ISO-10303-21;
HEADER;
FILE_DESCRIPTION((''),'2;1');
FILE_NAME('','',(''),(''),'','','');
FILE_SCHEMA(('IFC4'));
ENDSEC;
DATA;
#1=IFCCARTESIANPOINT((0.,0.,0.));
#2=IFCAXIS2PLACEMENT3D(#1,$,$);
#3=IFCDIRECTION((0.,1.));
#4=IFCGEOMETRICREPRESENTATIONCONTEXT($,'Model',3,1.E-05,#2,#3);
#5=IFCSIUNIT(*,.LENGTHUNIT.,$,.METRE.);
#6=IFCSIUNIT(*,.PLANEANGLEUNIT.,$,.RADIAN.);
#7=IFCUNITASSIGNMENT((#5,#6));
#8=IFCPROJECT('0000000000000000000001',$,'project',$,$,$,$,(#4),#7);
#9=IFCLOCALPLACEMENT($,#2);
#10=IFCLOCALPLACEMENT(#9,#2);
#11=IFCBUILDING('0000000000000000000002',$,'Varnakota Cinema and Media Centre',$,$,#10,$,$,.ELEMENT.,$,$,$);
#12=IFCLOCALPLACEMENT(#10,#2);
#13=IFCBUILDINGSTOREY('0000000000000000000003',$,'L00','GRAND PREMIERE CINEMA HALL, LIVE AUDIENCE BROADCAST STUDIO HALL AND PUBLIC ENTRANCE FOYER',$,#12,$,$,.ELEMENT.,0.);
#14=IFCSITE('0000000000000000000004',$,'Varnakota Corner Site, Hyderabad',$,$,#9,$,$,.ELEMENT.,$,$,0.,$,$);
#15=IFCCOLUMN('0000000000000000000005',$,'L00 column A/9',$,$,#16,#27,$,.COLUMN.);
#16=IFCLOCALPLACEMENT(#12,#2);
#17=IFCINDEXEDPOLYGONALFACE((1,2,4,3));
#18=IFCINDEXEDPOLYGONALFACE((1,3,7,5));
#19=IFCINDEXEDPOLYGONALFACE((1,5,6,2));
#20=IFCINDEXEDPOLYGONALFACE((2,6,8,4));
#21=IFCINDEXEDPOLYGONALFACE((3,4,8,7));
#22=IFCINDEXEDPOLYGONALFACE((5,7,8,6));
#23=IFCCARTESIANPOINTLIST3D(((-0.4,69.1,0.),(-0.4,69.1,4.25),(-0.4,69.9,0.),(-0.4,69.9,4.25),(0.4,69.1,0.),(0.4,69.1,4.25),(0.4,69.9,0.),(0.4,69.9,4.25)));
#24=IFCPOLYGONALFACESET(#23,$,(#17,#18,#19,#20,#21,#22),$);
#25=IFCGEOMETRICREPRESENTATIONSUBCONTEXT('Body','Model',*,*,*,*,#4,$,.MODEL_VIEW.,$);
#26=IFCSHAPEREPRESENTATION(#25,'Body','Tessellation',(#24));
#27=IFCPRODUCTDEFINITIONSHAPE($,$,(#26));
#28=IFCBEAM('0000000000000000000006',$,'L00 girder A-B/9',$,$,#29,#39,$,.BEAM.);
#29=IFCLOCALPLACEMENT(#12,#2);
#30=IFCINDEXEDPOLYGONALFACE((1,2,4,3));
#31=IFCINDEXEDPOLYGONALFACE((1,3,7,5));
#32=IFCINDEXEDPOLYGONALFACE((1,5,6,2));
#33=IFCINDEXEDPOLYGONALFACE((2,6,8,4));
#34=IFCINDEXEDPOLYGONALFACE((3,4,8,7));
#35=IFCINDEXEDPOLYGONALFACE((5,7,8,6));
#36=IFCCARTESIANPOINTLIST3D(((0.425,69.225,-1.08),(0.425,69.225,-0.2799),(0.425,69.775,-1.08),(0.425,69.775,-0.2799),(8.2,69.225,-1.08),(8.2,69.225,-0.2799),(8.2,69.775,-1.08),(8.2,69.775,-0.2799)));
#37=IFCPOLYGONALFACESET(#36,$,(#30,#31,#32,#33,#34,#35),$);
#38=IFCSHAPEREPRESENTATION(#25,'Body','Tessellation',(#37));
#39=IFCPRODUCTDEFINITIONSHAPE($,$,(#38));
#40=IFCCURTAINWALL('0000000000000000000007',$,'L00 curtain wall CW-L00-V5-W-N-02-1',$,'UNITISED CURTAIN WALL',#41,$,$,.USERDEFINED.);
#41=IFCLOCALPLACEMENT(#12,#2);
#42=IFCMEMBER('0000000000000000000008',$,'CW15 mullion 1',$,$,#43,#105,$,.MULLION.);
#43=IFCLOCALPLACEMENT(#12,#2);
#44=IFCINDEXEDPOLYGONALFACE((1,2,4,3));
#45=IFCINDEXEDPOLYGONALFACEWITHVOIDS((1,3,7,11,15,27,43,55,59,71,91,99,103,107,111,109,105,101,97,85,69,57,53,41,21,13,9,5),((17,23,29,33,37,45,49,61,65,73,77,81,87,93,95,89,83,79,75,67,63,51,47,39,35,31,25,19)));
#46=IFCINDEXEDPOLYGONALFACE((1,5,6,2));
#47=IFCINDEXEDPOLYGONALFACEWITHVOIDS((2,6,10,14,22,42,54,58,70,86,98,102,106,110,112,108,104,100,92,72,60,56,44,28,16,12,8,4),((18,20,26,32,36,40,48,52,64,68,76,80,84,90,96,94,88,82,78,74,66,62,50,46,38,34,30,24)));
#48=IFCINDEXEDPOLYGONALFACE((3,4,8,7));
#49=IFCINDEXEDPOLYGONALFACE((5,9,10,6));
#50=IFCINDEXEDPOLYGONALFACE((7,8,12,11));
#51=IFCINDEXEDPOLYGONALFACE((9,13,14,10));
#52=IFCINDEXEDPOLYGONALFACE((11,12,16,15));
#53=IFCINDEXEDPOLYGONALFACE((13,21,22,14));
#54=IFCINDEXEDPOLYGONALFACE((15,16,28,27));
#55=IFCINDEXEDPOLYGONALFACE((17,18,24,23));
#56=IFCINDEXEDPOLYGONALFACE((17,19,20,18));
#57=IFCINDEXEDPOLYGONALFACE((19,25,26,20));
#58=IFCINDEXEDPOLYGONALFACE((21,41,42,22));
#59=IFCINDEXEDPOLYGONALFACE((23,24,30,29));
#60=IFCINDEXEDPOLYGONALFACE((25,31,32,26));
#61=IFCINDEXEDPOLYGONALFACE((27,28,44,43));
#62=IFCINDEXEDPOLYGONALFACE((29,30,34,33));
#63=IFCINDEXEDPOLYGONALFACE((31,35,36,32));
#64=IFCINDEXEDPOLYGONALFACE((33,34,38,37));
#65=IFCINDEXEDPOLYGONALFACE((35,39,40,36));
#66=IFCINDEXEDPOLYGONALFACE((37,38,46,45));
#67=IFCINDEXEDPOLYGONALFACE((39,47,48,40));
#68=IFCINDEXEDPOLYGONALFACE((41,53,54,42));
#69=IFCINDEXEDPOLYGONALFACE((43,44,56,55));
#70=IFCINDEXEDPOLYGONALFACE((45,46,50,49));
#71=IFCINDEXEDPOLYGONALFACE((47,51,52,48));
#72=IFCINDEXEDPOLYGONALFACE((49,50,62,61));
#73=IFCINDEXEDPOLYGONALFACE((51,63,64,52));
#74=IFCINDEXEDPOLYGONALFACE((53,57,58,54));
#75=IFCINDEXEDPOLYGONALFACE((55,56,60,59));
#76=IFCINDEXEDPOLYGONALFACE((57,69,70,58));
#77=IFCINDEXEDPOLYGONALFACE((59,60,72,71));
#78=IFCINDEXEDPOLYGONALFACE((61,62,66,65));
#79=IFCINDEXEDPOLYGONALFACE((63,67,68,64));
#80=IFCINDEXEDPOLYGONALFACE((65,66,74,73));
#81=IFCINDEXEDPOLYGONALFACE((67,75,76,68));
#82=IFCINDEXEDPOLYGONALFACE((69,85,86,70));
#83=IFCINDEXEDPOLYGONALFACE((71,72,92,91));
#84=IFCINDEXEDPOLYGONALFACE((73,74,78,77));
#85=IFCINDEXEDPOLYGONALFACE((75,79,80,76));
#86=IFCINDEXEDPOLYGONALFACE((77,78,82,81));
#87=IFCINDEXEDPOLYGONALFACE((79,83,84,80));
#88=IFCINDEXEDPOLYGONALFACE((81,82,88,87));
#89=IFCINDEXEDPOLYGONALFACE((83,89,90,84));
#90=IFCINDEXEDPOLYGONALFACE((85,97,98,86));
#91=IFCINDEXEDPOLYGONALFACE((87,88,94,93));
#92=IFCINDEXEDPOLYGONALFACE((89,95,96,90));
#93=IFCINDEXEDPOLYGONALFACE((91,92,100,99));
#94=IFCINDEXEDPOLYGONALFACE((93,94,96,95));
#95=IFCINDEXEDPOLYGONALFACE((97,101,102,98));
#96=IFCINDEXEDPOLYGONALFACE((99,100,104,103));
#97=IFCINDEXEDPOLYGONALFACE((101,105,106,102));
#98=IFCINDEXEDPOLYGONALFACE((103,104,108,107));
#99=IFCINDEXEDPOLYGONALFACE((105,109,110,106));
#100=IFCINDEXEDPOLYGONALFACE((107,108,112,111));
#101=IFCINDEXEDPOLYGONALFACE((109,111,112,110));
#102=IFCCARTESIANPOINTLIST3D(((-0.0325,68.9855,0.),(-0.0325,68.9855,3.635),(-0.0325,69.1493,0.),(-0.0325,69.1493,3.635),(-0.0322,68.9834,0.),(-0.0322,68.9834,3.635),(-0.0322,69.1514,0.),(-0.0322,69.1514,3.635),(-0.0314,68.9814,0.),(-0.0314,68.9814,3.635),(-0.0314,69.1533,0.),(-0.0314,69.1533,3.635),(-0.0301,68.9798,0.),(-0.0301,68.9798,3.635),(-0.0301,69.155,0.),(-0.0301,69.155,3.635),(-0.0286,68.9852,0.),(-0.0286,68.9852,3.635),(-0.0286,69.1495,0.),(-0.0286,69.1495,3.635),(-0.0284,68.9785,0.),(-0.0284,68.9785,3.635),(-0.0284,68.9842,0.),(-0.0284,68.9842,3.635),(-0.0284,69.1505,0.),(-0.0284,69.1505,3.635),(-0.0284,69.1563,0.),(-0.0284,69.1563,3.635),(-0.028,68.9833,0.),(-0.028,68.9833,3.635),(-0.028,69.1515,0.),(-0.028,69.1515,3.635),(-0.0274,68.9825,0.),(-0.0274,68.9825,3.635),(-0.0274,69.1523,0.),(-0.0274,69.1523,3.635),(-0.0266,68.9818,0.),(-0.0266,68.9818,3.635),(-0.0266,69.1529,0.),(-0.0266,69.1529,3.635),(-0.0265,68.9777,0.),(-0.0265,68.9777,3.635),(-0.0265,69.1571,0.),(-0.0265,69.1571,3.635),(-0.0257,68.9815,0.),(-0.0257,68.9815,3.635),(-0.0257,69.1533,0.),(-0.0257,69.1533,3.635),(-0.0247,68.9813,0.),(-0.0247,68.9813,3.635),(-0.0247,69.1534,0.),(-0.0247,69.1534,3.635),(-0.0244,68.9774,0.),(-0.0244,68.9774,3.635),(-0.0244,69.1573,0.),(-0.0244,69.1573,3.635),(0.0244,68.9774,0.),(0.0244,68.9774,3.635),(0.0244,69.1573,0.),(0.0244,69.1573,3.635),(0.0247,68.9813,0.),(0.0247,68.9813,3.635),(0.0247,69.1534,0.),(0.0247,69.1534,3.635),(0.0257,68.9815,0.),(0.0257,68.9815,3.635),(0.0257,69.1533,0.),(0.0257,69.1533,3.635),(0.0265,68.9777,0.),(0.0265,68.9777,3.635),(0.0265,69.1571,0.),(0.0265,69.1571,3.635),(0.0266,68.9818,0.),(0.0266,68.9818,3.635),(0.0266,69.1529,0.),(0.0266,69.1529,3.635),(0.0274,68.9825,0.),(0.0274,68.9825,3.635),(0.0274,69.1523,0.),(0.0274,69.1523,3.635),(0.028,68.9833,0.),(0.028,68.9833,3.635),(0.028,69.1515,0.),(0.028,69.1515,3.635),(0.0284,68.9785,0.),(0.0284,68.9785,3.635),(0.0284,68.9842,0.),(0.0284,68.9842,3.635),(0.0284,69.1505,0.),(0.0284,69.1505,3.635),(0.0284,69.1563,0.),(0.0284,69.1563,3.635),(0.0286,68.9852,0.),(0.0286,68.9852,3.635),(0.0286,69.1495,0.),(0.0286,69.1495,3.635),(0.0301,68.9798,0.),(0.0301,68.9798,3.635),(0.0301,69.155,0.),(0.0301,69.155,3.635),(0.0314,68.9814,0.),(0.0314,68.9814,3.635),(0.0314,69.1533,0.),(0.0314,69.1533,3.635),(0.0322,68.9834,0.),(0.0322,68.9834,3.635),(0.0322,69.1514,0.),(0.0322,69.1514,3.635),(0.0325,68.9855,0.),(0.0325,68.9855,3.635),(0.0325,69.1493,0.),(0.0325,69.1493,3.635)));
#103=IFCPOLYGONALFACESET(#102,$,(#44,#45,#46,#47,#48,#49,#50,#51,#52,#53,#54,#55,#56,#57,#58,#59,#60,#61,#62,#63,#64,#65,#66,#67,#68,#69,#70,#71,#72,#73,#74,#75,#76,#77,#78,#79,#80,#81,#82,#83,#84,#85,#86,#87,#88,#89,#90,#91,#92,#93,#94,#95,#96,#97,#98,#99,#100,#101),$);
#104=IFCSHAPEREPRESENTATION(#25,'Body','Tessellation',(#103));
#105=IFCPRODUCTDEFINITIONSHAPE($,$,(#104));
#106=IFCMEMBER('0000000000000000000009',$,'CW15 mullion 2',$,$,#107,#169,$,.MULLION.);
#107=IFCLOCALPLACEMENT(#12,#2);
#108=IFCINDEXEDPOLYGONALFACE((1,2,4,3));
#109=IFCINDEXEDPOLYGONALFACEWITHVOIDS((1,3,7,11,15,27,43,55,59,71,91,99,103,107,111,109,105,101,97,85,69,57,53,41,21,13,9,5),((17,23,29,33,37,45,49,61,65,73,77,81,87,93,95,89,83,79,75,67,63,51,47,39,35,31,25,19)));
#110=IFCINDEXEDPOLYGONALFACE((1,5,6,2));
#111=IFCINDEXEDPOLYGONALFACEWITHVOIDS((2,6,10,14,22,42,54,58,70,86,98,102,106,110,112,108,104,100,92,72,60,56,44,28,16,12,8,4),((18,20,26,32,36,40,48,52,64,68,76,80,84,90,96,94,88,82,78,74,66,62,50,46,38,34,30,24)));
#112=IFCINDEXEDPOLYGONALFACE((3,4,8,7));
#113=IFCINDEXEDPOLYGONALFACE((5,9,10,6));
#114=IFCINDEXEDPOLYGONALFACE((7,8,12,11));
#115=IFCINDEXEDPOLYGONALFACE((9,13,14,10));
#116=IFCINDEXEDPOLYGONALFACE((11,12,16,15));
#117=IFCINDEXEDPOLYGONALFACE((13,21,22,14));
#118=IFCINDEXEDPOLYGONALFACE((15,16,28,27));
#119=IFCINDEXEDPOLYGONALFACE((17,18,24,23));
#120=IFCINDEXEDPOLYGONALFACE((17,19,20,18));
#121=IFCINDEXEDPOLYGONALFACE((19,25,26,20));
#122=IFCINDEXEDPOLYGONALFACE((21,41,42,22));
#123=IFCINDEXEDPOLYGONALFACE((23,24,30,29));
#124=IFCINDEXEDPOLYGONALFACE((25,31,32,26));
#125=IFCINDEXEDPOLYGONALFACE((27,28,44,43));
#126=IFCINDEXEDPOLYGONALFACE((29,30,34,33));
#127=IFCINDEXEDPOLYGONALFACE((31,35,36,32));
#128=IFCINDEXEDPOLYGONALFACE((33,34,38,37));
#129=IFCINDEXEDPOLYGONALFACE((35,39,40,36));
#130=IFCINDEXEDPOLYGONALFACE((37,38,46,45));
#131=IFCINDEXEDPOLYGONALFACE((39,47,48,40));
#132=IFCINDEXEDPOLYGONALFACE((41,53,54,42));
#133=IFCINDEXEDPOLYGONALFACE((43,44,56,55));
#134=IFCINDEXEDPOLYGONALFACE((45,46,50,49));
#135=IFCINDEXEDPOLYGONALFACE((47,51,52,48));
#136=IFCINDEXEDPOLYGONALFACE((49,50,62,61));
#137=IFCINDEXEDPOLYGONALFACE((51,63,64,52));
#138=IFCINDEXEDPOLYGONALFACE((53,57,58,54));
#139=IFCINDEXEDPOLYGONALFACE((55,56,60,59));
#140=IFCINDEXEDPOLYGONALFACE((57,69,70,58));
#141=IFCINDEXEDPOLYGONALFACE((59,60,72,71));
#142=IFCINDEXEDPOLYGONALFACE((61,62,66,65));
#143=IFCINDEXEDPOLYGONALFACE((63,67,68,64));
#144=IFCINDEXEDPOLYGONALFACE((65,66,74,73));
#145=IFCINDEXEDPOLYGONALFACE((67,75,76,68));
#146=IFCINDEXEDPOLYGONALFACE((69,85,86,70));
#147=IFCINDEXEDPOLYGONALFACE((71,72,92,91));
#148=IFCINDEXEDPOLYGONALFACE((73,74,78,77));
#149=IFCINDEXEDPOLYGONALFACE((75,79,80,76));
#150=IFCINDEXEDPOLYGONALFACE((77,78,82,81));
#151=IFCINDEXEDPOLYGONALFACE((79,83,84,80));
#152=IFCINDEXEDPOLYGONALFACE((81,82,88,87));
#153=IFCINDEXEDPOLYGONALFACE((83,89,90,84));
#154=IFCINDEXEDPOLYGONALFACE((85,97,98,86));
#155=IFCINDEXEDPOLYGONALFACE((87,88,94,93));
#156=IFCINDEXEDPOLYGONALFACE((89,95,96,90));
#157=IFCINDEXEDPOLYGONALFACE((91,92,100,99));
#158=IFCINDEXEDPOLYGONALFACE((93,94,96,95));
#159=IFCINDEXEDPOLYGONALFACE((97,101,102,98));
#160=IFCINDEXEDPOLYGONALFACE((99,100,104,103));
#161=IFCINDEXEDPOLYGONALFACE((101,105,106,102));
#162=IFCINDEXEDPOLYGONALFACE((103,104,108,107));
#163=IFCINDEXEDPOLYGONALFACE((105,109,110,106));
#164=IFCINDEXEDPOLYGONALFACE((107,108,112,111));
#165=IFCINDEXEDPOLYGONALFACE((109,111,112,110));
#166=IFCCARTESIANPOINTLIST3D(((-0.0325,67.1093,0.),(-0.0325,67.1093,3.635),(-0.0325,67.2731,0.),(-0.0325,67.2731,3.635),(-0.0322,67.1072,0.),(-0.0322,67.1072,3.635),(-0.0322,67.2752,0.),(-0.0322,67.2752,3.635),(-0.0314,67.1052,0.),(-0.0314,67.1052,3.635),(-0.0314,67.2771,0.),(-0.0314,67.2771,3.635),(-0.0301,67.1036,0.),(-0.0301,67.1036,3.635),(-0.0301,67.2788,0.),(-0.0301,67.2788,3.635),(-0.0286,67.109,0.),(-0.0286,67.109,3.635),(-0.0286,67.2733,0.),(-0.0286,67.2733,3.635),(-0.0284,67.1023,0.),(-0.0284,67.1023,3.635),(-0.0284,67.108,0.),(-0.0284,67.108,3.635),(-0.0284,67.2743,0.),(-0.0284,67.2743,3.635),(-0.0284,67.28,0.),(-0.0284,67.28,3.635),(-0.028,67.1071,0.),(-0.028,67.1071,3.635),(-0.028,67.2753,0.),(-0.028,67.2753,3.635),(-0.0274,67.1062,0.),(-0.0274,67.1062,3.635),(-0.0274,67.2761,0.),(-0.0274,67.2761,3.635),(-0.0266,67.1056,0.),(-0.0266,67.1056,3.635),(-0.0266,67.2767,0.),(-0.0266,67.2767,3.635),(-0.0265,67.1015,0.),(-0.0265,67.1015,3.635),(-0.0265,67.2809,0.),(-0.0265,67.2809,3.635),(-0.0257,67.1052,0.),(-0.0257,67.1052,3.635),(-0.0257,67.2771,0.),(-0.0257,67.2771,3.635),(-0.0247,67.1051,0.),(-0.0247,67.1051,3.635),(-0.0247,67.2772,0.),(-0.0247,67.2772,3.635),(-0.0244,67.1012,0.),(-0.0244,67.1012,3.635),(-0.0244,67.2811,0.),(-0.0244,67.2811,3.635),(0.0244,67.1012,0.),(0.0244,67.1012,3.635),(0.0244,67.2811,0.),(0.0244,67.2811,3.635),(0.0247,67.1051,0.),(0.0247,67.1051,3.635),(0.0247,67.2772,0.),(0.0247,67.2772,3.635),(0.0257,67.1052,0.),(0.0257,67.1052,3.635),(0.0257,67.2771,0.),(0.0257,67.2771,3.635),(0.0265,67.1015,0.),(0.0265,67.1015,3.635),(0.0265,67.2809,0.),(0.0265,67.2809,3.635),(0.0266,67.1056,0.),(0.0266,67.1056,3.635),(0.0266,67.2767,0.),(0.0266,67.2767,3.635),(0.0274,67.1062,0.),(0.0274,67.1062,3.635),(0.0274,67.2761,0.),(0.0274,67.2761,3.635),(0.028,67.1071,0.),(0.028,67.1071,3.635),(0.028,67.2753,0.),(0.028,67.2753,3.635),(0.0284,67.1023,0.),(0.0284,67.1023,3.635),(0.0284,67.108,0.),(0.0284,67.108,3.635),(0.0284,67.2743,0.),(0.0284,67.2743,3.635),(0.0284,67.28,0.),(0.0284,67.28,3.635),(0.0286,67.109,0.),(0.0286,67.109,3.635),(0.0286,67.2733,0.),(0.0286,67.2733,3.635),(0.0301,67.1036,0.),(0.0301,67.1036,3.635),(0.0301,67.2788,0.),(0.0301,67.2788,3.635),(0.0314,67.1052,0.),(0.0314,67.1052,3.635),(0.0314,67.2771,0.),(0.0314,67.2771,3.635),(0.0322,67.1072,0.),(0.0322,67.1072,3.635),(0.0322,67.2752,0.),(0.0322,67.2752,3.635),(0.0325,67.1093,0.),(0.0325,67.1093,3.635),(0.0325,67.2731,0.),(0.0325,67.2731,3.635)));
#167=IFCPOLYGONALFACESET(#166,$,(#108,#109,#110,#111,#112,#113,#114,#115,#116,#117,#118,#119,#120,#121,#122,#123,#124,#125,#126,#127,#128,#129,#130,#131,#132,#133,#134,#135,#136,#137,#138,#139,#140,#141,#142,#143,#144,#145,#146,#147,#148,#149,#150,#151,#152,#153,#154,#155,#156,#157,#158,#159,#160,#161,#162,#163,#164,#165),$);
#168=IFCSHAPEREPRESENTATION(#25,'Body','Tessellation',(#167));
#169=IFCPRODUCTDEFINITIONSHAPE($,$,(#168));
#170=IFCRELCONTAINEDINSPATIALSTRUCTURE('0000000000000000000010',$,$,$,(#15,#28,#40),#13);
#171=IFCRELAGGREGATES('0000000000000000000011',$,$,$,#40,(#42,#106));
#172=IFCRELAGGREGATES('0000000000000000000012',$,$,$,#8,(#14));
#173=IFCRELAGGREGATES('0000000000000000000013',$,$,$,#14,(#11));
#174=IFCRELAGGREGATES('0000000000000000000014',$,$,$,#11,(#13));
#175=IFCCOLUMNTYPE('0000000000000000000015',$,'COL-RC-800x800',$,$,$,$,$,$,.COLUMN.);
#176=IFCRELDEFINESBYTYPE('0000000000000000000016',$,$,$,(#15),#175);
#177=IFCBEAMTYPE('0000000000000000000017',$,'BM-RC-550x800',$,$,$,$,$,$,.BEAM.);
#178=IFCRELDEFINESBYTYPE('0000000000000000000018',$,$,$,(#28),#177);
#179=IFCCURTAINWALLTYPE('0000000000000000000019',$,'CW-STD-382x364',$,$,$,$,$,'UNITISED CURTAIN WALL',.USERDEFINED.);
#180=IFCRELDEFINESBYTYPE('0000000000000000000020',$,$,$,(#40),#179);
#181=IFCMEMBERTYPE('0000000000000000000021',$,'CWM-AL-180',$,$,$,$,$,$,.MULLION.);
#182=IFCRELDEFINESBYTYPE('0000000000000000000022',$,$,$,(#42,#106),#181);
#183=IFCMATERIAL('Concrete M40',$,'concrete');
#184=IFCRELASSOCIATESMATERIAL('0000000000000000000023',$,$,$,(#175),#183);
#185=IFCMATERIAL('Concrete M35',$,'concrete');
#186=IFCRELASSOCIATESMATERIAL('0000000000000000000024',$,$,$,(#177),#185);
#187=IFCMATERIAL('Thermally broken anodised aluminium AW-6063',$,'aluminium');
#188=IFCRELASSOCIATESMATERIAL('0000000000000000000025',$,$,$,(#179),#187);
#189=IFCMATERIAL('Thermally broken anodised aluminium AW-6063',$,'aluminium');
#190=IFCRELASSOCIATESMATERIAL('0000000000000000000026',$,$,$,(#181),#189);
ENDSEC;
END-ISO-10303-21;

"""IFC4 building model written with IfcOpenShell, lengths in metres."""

from ifc_helpers import new_model, si_unit, direction, frame, origin, origin_2d, place, context, subcontext, project, spatial, rectangle, hollow_rectangle, extrude, material, material_profile, profile_set, type_object, element, aggregate, save


model = new_model("IFC4")

# Units and contexts
model_context = context("Model", 3, precision=1e-05, world=origin(), true_north=direction((0.0, 1.0)))
body_context = subcontext(model_context, "Body", "Model", "MODEL_VIEW")
ifc_project = project(units=[si_unit("LENGTHUNIT", "METRE"), si_unit("PLANEANGLEUNIT", "RADIAN")], contexts=[model_context])

# Site, building, storey
site_placement = place(None, origin())
site = spatial("IfcSite", under=ifc_project, at=site_placement, Name="Varnakota Corner Site, Hyderabad", CompositionType="ELEMENT", RefElevation=0.0)
building_placement = place(site_placement, origin())
building = spatial("IfcBuilding", under=site, at=building_placement, Name="Varnakota Cinema and Media Centre", CompositionType="ELEMENT")
storey_placement = place(building_placement, origin())
storey = spatial("IfcBuildingStorey", under=building, at=storey_placement, Name="L00", Description="GRAND PREMIERE CINEMA HALL, LIVE AUDIENCE BROADCAST STUDIO HALL AND PUBLIC ENTRANCE FOYER", CompositionType="ELEMENT", Elevation=0.0)

# Column
ifc_material_1 = material(Name="Concrete M40", Category="concrete")
ifc_material_profile_1 = material_profile(ifc_material_1, rectangle(XDim=0.8, YDim=0.8, at=origin_2d()), Name="RC 800x800")
ifc_profile_set_1 = profile_set([ifc_material_profile_1], Name="Concrete M40")
column_type = type_object("IfcColumnType", Name="COL-RC-800x800", PredefinedType="COLUMN", material=ifc_profile_set_1)
column_placement = place(storey_placement, frame((0.0, 69.5, 0.0), z_axis=(0.0, 0.0, 1.0), x_axis=(1.0, 0.0, 0.0)))
element("IfcColumn", 1, at=column_placement, inside=storey, type_object=column_type, Name="L00 column A/9", PredefinedType="COLUMN", context=body_context, shape_type="SweptSolid", body=[
    extrude(rectangle(XDim=0.8, YDim=0.8, at=origin_2d()), origin(), (0.0, 0.0, 1.0), 4.25),
])

# Beam
ifc_material_2 = material(Name="Concrete M35", Category="concrete")
ifc_material_profile_2 = material_profile(ifc_material_2, rectangle(XDim=0.55, YDim=0.8, at=origin_2d()), Name="RCB 550x800")
ifc_profile_set_2 = profile_set([ifc_material_profile_2], Name="Concrete M35")
beam_type = type_object("IfcBeamType", Name="BM-RC-550x800", PredefinedType="BEAM", material=ifc_profile_set_2)
beam_placement = place(storey_placement, frame((0.425, 69.5, -0.6799), z_axis=(1.0, 0.0, 0.0), x_axis=(0.0, 1.0, 0.0)))
element("IfcBeam", 2, at=beam_placement, inside=storey, type_object=beam_type, Name="L00 girder A-B/9", PredefinedType="BEAM", context=body_context, shape_type="SweptSolid", body=[
    extrude(rectangle(XDim=0.55, YDim=0.8, at=origin_2d()), origin(), (0.0, 0.0, 1.0), 7.7749),
])

# Curtain wall, members
ifc_material_3 = material(Name="Thermally broken anodised aluminium AW-6063", Category="aluminium")
curtain_wall_type = type_object("IfcCurtainWallType", Name="CW-STD-382x364", ElementType="UNITISED CURTAIN WALL", PredefinedType="USERDEFINED", material=ifc_material_3)
curtain_wall_1_placement = place(storey_placement, origin())
curtain_wall_1 = element("IfcCurtainWall", 3, at=curtain_wall_1_placement, inside=storey, type_object=curtain_wall_type, Name="L00 curtain wall CW-L00-V5-W-N-02-1", ObjectType="UNITISED CURTAIN WALL", PredefinedType="USERDEFINED")
ifc_material_4 = material(Name="Thermally broken anodised aluminium AW-6063", Category="aluminium")
ifc_material_profile_3 = material_profile(ifc_material_4, hollow_rectangle(XDim=0.0649, YDim=0.1799, WallThickness=0.0039, InnerFilletRadius=0.0039, OuterFilletRadius=0.0081, at=origin_2d()), Name="AL-MULLION 180x65x4")
ifc_profile_set_3 = profile_set([ifc_material_profile_3], Name="Thermally broken anodised aluminium AW-6063")
member_type_1 = type_object("IfcMemberType", Name="CWM-AL-180", PredefinedType="MULLION", material=ifc_profile_set_3)
member_1_placement = place(storey_placement, frame((0.0, 69.0674, 0.0), z_axis=(0.0, 0.0, 1.0), x_axis=(1.0, 0.0, 0.0)))
member_1 = element("IfcMember", 4, at=member_1_placement, type_object=member_type_1, Name="CW15 mullion 1", PredefinedType="MULLION", context=body_context, shape_type="SweptSolid", body=[
    extrude(hollow_rectangle(XDim=0.0649, YDim=0.1799, WallThickness=0.0039, InnerFilletRadius=0.0039, OuterFilletRadius=0.0081, at=origin_2d()), origin(), (0.0, 0.0, 1.0), 3.635),
])
member_2_placement = place(storey_placement, frame((0.0, 67.1912, 0.0), z_axis=(0.0, 0.0, 1.0), x_axis=(1.0, 0.0, 0.0)))
member_2 = element("IfcMember", 5, at=member_2_placement, type_object=member_type_1, Name="CW15 mullion 2", PredefinedType="MULLION", context=body_context, shape_type="SweptSolid", body=[
    extrude(hollow_rectangle(XDim=0.0649, YDim=0.1799, WallThickness=0.0039, InnerFilletRadius=0.0039, OuterFilletRadius=0.0081, at=origin_2d()), origin(), (0.0, 0.0, 1.0), 3.635),
])

aggregate(curtain_wall_1, [member_1, member_2])

save(model, "model.ifc")
